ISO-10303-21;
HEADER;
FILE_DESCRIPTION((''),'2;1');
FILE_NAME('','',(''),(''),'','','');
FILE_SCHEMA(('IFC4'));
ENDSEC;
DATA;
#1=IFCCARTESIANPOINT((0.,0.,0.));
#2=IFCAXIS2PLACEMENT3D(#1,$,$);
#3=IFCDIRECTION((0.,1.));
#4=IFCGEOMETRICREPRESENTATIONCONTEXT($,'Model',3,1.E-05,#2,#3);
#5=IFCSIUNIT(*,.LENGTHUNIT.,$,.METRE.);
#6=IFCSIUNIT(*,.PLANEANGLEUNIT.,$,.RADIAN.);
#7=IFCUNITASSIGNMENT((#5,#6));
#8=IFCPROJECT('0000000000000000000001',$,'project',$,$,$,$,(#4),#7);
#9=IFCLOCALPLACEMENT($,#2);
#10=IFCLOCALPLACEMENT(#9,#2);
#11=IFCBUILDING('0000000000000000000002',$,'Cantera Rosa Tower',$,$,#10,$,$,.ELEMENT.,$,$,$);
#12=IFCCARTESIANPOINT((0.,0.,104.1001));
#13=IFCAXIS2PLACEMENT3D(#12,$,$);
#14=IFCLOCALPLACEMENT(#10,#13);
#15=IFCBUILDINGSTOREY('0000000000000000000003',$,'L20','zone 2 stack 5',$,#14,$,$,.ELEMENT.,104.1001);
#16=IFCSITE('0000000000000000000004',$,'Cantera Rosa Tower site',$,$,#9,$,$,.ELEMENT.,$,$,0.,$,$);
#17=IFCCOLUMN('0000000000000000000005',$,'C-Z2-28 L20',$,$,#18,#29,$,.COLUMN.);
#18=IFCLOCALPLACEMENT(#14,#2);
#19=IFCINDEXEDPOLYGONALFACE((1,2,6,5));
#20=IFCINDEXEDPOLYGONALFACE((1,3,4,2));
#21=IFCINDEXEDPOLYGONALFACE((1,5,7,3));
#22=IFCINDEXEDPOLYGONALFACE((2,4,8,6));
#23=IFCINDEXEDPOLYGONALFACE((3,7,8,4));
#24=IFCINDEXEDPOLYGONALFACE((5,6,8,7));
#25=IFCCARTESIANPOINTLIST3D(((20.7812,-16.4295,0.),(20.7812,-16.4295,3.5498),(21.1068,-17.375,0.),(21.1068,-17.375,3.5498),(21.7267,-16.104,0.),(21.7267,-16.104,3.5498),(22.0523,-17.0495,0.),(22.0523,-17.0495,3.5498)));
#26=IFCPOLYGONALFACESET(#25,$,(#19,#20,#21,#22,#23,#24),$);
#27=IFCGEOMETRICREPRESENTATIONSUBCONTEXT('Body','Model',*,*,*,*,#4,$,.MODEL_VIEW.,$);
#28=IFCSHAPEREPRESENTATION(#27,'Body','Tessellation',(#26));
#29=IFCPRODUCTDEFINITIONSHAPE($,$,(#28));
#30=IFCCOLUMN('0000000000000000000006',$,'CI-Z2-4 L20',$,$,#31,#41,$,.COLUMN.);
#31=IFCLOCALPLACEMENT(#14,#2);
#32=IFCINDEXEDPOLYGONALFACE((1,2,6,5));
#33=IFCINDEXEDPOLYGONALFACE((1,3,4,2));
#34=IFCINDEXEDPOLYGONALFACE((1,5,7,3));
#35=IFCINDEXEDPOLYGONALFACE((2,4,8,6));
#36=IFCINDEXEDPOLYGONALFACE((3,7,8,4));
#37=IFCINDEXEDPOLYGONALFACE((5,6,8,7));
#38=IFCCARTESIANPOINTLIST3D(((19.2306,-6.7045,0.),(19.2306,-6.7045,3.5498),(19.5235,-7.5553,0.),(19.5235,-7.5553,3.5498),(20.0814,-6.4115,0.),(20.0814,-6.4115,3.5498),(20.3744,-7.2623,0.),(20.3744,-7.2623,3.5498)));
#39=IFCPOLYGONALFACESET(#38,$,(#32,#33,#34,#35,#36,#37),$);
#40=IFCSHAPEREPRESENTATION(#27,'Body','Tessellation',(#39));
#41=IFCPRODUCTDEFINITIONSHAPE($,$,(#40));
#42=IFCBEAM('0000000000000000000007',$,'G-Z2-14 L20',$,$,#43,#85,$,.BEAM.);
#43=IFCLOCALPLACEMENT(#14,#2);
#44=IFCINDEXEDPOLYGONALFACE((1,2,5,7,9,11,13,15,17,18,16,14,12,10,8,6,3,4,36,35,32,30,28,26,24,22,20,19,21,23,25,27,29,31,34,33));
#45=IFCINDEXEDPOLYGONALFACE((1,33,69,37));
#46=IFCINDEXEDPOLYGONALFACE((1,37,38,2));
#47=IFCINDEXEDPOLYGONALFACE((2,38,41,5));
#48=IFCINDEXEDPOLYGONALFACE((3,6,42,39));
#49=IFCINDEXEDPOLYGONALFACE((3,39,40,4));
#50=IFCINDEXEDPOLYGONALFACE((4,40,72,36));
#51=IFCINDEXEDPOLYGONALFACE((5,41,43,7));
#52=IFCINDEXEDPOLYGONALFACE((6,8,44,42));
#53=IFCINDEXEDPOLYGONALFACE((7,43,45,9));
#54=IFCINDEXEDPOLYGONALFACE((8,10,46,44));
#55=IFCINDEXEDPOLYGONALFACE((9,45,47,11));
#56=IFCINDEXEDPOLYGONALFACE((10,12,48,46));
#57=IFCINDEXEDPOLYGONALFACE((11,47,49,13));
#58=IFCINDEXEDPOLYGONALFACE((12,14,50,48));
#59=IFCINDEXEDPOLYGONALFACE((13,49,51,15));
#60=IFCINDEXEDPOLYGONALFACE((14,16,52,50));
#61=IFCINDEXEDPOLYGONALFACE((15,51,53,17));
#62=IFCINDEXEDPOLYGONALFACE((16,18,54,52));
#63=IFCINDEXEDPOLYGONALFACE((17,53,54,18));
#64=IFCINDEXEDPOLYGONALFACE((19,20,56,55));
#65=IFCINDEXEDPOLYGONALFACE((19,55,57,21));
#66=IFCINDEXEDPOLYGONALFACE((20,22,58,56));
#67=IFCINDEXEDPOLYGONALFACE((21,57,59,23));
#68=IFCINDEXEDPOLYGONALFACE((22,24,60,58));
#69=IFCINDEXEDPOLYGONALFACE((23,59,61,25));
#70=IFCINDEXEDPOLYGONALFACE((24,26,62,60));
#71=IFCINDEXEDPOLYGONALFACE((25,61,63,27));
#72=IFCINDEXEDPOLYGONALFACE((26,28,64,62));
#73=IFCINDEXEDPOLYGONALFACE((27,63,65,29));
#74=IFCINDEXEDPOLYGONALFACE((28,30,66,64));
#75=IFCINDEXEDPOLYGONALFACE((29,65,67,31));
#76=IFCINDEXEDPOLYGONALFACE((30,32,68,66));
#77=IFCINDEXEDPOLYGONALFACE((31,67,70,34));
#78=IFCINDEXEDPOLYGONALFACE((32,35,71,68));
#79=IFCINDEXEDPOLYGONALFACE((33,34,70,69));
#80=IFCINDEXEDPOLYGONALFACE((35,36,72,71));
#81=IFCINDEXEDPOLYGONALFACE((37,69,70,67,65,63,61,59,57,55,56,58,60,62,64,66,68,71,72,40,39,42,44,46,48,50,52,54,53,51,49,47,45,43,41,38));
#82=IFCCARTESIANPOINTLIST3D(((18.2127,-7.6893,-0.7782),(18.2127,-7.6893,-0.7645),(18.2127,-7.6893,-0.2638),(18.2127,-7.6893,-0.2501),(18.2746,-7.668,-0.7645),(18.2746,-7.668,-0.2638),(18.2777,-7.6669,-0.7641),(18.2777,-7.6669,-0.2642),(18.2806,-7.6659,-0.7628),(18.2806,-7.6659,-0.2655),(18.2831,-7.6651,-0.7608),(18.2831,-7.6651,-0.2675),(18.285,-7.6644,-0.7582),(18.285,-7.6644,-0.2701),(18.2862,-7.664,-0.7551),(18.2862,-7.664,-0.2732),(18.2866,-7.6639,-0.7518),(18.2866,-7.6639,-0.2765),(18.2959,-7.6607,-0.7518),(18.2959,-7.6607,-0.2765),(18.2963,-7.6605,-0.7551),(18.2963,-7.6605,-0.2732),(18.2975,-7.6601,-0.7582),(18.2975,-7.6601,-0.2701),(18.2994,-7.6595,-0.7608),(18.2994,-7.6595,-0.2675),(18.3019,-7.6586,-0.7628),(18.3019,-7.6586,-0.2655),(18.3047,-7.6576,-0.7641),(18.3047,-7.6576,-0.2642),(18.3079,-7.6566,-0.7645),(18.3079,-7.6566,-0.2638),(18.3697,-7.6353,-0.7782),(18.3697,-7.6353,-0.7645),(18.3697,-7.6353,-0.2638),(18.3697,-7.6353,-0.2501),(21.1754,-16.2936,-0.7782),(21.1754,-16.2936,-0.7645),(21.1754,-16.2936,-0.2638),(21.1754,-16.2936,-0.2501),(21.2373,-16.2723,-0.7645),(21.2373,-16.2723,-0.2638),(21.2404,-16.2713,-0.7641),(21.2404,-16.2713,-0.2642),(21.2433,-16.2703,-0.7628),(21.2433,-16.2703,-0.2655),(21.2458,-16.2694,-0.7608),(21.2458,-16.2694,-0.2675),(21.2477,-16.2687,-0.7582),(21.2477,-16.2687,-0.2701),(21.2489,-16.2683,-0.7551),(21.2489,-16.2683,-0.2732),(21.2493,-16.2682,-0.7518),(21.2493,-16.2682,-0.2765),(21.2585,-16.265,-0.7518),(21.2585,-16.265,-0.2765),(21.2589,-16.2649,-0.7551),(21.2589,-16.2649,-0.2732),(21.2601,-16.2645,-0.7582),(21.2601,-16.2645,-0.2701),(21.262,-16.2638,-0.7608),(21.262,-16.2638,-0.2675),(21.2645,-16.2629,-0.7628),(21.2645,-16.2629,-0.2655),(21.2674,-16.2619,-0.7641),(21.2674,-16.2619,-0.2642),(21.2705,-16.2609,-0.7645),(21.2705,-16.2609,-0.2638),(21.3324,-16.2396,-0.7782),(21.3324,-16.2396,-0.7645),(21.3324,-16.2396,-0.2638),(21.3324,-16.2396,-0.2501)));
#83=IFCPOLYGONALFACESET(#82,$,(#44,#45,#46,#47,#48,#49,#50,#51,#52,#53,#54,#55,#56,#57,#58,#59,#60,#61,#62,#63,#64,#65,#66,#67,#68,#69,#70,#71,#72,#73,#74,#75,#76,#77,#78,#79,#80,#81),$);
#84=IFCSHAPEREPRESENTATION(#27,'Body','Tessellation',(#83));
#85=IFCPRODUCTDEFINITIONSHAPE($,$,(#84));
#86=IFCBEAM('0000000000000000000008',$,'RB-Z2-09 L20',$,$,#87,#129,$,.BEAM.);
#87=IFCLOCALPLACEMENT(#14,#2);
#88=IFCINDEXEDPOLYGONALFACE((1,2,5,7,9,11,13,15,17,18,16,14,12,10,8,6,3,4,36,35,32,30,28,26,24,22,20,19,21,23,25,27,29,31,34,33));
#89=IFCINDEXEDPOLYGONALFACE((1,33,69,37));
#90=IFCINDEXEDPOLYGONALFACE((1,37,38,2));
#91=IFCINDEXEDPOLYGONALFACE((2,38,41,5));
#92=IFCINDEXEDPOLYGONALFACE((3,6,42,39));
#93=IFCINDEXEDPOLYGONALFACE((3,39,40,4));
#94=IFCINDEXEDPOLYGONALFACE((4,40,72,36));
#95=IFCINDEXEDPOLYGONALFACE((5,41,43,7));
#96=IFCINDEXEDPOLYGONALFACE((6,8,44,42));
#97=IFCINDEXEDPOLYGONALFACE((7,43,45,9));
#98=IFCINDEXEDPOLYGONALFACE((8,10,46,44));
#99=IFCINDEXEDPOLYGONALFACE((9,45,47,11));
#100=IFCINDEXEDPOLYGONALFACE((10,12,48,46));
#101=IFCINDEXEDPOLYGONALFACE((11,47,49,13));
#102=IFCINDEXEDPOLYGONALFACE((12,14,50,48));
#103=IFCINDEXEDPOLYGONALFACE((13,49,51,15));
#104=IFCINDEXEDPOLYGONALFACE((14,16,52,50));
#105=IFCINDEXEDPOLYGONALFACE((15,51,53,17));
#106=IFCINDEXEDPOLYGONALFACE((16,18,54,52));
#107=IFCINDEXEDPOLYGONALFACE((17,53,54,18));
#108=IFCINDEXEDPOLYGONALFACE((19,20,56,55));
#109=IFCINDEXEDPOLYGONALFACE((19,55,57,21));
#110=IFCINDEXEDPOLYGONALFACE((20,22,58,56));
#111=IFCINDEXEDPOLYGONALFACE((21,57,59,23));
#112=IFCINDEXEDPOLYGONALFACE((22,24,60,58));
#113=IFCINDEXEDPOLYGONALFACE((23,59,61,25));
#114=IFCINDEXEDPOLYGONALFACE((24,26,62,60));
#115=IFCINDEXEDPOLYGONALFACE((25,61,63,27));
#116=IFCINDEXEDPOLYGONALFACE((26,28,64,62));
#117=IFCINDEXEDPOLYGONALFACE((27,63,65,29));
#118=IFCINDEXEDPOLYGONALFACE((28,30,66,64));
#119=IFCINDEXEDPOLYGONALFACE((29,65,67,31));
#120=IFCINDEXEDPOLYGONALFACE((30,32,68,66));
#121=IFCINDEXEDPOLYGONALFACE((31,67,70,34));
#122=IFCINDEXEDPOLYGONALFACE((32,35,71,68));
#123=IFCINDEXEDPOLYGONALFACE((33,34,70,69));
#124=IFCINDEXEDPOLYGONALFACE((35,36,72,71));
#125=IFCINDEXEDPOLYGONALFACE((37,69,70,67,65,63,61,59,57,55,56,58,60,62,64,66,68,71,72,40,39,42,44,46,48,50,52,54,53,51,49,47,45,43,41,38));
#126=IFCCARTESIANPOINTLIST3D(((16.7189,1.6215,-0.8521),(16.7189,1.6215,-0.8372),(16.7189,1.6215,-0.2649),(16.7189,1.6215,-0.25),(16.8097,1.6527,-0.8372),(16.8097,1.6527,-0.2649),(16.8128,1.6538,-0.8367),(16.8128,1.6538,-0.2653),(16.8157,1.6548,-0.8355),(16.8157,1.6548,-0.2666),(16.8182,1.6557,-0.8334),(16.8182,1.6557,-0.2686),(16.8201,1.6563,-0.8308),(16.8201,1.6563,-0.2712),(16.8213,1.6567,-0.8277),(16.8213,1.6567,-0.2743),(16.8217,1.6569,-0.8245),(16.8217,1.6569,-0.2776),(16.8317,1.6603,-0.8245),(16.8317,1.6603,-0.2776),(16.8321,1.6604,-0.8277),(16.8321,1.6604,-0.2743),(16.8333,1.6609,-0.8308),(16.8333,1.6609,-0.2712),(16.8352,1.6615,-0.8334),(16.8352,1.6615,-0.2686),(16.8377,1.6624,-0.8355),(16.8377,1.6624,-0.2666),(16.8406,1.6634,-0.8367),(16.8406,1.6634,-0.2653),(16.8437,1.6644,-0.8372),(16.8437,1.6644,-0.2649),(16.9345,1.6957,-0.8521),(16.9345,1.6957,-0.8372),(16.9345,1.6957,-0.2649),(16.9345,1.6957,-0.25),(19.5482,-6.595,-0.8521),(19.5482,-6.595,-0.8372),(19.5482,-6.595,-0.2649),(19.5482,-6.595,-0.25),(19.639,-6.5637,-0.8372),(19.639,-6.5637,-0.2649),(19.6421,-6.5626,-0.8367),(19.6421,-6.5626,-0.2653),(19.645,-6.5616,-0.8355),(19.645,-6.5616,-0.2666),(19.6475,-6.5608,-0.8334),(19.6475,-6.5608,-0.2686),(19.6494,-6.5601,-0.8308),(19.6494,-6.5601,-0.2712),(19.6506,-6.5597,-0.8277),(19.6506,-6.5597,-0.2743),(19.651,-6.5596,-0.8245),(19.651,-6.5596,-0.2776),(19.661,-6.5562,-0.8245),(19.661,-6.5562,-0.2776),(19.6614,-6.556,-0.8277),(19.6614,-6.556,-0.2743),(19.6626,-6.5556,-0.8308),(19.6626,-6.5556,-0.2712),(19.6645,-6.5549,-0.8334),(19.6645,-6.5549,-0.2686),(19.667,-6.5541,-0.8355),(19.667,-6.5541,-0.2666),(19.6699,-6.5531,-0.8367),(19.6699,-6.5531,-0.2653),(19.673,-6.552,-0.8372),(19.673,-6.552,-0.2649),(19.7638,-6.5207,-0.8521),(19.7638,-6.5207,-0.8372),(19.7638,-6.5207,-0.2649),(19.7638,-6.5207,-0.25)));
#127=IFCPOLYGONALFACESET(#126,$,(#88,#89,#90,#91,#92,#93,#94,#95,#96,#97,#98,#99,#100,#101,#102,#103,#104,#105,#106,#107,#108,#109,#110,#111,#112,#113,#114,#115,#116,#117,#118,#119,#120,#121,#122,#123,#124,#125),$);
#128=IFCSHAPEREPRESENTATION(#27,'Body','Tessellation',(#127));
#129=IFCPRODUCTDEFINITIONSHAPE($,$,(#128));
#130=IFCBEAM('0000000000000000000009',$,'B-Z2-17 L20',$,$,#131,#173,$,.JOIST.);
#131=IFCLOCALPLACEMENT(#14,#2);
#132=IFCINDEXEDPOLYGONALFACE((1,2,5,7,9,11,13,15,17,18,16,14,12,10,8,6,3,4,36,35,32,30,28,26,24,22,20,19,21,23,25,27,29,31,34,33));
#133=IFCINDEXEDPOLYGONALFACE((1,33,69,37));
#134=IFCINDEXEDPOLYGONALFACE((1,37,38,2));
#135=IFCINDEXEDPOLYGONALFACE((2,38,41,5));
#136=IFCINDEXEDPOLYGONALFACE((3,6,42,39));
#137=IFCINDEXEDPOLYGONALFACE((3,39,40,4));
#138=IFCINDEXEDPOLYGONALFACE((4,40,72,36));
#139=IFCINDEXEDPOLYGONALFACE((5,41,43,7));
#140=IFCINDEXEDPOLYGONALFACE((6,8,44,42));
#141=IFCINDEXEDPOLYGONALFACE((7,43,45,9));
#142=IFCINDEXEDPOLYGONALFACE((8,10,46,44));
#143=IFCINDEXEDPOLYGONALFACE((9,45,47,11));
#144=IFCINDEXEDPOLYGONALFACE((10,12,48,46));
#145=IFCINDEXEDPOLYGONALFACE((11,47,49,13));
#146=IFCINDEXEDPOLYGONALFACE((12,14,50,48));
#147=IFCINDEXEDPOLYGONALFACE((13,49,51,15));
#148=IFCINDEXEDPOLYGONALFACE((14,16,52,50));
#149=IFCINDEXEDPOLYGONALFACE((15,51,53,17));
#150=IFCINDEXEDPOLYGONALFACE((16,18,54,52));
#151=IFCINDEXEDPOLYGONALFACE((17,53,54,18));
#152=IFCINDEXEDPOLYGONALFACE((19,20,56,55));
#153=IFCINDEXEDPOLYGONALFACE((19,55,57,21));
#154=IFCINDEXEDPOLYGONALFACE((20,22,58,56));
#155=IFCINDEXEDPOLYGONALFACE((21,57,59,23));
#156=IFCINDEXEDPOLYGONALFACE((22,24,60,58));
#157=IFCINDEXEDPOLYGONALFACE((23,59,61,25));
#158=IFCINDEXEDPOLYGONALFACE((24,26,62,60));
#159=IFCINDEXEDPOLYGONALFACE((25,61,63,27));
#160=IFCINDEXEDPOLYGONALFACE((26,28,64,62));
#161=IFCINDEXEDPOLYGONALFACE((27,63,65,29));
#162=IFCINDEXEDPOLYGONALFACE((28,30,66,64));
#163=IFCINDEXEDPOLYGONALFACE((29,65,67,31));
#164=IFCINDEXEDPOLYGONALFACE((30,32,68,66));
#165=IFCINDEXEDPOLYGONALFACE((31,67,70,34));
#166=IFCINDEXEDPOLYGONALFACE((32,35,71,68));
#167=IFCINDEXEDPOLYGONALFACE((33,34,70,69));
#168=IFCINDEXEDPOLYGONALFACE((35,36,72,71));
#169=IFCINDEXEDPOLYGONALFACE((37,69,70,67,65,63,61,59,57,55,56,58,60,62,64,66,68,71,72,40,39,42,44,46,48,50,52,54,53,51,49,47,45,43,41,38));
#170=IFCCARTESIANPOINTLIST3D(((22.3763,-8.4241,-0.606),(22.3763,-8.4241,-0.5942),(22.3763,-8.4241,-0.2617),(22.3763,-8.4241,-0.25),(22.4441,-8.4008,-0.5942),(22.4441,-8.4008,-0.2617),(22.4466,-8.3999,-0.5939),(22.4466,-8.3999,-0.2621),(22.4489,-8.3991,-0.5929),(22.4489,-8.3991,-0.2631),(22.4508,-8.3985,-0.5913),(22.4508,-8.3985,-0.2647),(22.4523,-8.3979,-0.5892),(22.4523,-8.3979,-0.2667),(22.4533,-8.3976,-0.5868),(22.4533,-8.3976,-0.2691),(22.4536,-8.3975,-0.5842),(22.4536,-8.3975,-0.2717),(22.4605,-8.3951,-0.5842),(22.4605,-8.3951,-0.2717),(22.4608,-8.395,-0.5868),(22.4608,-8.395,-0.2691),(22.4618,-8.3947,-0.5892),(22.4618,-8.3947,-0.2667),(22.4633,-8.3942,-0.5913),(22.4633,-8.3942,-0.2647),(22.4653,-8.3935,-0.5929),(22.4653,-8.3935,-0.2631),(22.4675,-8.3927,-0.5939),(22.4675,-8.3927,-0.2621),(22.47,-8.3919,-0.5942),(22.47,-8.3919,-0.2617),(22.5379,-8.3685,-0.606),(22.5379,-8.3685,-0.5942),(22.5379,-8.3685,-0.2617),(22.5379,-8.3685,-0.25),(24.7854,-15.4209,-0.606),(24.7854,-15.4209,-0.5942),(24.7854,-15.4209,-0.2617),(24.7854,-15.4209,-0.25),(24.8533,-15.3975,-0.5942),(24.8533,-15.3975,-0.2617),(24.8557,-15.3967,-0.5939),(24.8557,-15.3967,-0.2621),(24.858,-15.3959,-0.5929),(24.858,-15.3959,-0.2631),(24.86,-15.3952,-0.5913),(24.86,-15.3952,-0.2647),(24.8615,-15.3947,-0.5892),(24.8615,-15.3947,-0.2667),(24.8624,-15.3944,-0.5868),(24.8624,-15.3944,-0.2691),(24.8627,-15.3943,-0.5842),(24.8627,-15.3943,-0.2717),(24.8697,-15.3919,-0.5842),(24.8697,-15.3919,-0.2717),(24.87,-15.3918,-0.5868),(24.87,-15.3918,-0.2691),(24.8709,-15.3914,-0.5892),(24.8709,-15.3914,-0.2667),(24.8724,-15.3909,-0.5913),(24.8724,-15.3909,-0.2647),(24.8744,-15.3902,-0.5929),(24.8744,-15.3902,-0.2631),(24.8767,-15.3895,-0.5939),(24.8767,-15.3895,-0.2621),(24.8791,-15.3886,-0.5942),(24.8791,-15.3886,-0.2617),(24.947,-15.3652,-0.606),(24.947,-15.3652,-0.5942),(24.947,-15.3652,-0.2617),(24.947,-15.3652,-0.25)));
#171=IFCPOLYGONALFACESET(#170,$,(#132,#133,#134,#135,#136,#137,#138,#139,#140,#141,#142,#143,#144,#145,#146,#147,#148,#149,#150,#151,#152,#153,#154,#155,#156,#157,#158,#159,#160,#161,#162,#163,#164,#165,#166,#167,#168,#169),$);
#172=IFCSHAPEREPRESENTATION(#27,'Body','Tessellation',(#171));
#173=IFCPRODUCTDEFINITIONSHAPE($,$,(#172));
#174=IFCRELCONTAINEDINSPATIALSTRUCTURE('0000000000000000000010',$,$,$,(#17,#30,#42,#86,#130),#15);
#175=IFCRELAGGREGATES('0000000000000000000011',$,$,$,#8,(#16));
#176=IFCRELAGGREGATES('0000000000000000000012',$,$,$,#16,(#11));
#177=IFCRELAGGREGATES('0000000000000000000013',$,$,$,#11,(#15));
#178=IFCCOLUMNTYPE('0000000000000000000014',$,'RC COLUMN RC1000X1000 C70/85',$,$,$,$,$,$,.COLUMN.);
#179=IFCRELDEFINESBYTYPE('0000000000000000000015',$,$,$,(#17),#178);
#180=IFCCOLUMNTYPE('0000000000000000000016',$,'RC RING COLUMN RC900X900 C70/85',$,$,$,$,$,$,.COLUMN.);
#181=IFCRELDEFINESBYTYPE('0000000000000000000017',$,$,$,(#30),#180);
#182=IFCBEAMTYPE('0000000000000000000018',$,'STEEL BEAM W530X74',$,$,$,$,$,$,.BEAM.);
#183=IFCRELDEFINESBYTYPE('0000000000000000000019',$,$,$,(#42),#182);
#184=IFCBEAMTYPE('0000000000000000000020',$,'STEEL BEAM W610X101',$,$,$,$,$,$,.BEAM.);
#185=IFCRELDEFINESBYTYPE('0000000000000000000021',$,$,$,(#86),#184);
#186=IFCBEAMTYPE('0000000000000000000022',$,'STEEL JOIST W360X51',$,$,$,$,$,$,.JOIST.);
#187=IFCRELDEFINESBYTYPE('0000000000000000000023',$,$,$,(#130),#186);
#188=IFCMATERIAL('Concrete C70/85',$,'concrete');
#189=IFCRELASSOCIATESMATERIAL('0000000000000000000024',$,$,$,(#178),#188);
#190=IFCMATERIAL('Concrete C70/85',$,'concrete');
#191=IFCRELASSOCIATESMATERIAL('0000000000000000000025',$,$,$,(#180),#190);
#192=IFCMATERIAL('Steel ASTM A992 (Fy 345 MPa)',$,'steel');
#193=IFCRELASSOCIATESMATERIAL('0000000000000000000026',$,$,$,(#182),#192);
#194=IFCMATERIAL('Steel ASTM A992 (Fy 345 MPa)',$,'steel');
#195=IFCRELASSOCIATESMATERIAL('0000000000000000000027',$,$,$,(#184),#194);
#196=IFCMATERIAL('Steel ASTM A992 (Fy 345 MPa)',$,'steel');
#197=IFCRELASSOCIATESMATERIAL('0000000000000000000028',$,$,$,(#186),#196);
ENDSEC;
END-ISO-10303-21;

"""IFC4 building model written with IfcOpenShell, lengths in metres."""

from ifc_helpers import new_model, si_unit, direction, frame, origin, origin_2d, place, context, subcontext, project, spatial, rectangle, i_section, extrude, material, material_profile, profile_set, type_object, element, save


model = new_model("IFC4")

# Units and contexts
model_context = context("Model", 3, precision=1e-05, world=origin(), true_north=direction((0.0, 1.0)))
body_context = subcontext(model_context, "Body", "Model", "MODEL_VIEW")
ifc_project = project(units=[si_unit("LENGTHUNIT", "METRE"), si_unit("PLANEANGLEUNIT", "RADIAN")], contexts=[model_context])

# Site, building, storey
site_placement = place(None, origin())
site = spatial("IfcSite", under=ifc_project, at=site_placement, Name="Cantera Rosa Tower site", CompositionType="ELEMENT", RefElevation=0.0)
building_placement = place(site_placement, origin())
building = spatial("IfcBuilding", under=site, at=building_placement, Name="Cantera Rosa Tower", CompositionType="ELEMENT")
storey_placement = place(building_placement, frame((0.0, 0.0, 104.1001)))
storey = spatial("IfcBuildingStorey", under=building, at=storey_placement, Name="L20", Description="zone 2 stack 5", CompositionType="ELEMENT", Elevation=104.1001)

# Columns
ifc_material_1 = material(Name="Concrete C70/85", Category="concrete")
ifc_material_profile_1 = material_profile(ifc_material_1, rectangle(XDim=1.0, YDim=1.0, at=origin_2d()), Name="RC COLUMN RC1000X1000 C70/85")
ifc_profile_set_1 = profile_set([ifc_material_profile_1], Name="Concrete C70/85")
column_type_1 = type_object("IfcColumnType", Name="RC COLUMN RC1000X1000 C70/85", PredefinedType="COLUMN", material=ifc_profile_set_1)
column_1_placement = place(storey_placement, frame((21.4167, -16.7395, 0.0), z_axis=(0.0, 0.0, 1.0), x_axis=(0.945519, 0.325568, 0.0)))
element("IfcColumn", 1, at=column_1_placement, inside=storey, type_object=column_type_1, Name="C-Z2-28 L20", PredefinedType="COLUMN", context=body_context, shape_type="SweptSolid", body=[
    extrude(rectangle(XDim=1.0, YDim=1.0, at=origin_2d()), origin(), (0.0, 0.0, 1.0), 3.5498),
])
ifc_material_2 = material(Name="Concrete C70/85", Category="concrete")
ifc_material_profile_2 = material_profile(ifc_material_2, rectangle(XDim=0.8999, YDim=0.8999, at=origin_2d()), Name="RC RING COLUMN RC900X900 C70/85")
ifc_profile_set_2 = profile_set([ifc_material_profile_2], Name="Concrete C70/85")
column_type_2 = type_object("IfcColumnType", Name="RC RING COLUMN RC900X900 C70/85", PredefinedType="COLUMN", material=ifc_profile_set_2)
column_2_placement = place(storey_placement, frame((19.8025, -6.9834, 0.0), z_axis=(0.0, 0.0, 1.0), x_axis=(0.945519, 0.325568, 0.0)))
element("IfcColumn", 2, at=column_2_placement, inside=storey, type_object=column_type_2, Name="CI-Z2-4 L20", PredefinedType="COLUMN", context=body_context, shape_type="SweptSolid", body=[
    extrude(rectangle(XDim=0.8999, YDim=0.8999, at=origin_2d()), origin(), (0.0, 0.0, 1.0), 3.5498),
])

# Beams
ifc_material_3 = material(Name="Steel ASTM A992 (Fy 345 MPa)", Category="steel")
ifc_material_profile_3 = material_profile(ifc_material_3, i_section(OverallWidth=0.166, OverallDepth=0.5281, WebThickness=0.0098, FlangeThickness=0.0137, FilletRadius=0.0127, at=origin_2d()), Name="W530X74")
ifc_profile_set_3 = profile_set([ifc_material_profile_3], Name="Steel ASTM A992 (Fy 345 MPa)")
beam_type_1 = type_object("IfcBeamType", Name="STEEL BEAM W530X74", PredefinedType="BEAM", material=ifc_profile_set_3)
beam_1_placement = place(storey_placement, frame((21.2539, -16.2666, -0.5142), z_axis=(-0.325565, 0.94552, 0.0), x_axis=(-0.94552, -0.325565, 0.0)))
element("IfcBeam", 3, at=beam_1_placement, inside=storey, type_object=beam_type_1, Name="G-Z2-14 L20", PredefinedType="BEAM", context=body_context, shape_type="SweptSolid", body=[
    extrude(i_section(OverallWidth=0.166, OverallDepth=0.5281, WebThickness=0.0098, FlangeThickness=0.0137, FilletRadius=0.0127, at=origin_2d()), origin(), (0.0, 0.0, 1.0), 9.1001),
])
ifc_material_4 = material(Name="Steel ASTM A992 (Fy 345 MPa)", Category="steel")
ifc_material_profile_4 = material_profile(ifc_material_4, i_section(OverallWidth=0.228, OverallDepth=0.6021, WebThickness=0.0105, FlangeThickness=0.0149, FilletRadius=0.0127, at=origin_2d()), Name="W610X101")
ifc_profile_set_4 = profile_set([ifc_material_profile_4], Name="Steel ASTM A992 (Fy 345 MPa)")
beam_type_2 = type_object("IfcBeamType", Name="STEEL BEAM W610X101", PredefinedType="BEAM", material=ifc_profile_set_4)
beam_2_placement = place(storey_placement, frame((19.656, -6.5579, -0.551), z_axis=(-0.325585, 0.945513, 0.0), x_axis=(-0.945513, -0.325585, 0.0)))
element("IfcBeam", 4, at=beam_2_placement, inside=storey, type_object=beam_type_2, Name="RB-Z2-09 L20", PredefinedType="BEAM", context=body_context, shape_type="SweptSolid", body=[
    extrude(i_section(OverallWidth=0.228, OverallDepth=0.6021, WebThickness=0.0105, FlangeThickness=0.0149, FilletRadius=0.0127, at=origin_2d()), origin(), (0.0, 0.0, 1.0), 8.6899),
])
ifc_material_5 = material(Name="Steel ASTM A992 (Fy 345 MPa)", Category="steel")
ifc_material_profile_5 = material_profile(ifc_material_5, i_section(OverallWidth=0.1709, OverallDepth=0.356, WebThickness=0.0073, FlangeThickness=0.0117, FilletRadius=0.01, at=origin_2d()), Name="W360X51")
ifc_profile_set_5 = profile_set([ifc_material_profile_5], Name="Steel ASTM A992 (Fy 345 MPa)")
beam_type_3 = type_object("IfcBeamType", Name="STEEL JOIST W360X51", PredefinedType="JOIST", material=ifc_profile_set_5)
beam_3_placement = place(storey_placement, frame((24.8662, -15.3931, -0.428), z_axis=(-0.325566, 0.945519, 0.0), x_axis=(-0.945519, -0.325566, 0.0)))
element("IfcBeam", 5, at=beam_3_placement, inside=storey, type_object=beam_type_3, Name="B-Z2-17 L20", PredefinedType="JOIST", context=body_context, shape_type="SweptSolid", body=[
    extrude(i_section(OverallWidth=0.1709, OverallDepth=0.356, WebThickness=0.0073, FlangeThickness=0.0117, FilletRadius=0.01, at=origin_2d()), origin(), (0.0, 0.0, 1.0), 7.3999),
])

save(model, "model.ifc")
